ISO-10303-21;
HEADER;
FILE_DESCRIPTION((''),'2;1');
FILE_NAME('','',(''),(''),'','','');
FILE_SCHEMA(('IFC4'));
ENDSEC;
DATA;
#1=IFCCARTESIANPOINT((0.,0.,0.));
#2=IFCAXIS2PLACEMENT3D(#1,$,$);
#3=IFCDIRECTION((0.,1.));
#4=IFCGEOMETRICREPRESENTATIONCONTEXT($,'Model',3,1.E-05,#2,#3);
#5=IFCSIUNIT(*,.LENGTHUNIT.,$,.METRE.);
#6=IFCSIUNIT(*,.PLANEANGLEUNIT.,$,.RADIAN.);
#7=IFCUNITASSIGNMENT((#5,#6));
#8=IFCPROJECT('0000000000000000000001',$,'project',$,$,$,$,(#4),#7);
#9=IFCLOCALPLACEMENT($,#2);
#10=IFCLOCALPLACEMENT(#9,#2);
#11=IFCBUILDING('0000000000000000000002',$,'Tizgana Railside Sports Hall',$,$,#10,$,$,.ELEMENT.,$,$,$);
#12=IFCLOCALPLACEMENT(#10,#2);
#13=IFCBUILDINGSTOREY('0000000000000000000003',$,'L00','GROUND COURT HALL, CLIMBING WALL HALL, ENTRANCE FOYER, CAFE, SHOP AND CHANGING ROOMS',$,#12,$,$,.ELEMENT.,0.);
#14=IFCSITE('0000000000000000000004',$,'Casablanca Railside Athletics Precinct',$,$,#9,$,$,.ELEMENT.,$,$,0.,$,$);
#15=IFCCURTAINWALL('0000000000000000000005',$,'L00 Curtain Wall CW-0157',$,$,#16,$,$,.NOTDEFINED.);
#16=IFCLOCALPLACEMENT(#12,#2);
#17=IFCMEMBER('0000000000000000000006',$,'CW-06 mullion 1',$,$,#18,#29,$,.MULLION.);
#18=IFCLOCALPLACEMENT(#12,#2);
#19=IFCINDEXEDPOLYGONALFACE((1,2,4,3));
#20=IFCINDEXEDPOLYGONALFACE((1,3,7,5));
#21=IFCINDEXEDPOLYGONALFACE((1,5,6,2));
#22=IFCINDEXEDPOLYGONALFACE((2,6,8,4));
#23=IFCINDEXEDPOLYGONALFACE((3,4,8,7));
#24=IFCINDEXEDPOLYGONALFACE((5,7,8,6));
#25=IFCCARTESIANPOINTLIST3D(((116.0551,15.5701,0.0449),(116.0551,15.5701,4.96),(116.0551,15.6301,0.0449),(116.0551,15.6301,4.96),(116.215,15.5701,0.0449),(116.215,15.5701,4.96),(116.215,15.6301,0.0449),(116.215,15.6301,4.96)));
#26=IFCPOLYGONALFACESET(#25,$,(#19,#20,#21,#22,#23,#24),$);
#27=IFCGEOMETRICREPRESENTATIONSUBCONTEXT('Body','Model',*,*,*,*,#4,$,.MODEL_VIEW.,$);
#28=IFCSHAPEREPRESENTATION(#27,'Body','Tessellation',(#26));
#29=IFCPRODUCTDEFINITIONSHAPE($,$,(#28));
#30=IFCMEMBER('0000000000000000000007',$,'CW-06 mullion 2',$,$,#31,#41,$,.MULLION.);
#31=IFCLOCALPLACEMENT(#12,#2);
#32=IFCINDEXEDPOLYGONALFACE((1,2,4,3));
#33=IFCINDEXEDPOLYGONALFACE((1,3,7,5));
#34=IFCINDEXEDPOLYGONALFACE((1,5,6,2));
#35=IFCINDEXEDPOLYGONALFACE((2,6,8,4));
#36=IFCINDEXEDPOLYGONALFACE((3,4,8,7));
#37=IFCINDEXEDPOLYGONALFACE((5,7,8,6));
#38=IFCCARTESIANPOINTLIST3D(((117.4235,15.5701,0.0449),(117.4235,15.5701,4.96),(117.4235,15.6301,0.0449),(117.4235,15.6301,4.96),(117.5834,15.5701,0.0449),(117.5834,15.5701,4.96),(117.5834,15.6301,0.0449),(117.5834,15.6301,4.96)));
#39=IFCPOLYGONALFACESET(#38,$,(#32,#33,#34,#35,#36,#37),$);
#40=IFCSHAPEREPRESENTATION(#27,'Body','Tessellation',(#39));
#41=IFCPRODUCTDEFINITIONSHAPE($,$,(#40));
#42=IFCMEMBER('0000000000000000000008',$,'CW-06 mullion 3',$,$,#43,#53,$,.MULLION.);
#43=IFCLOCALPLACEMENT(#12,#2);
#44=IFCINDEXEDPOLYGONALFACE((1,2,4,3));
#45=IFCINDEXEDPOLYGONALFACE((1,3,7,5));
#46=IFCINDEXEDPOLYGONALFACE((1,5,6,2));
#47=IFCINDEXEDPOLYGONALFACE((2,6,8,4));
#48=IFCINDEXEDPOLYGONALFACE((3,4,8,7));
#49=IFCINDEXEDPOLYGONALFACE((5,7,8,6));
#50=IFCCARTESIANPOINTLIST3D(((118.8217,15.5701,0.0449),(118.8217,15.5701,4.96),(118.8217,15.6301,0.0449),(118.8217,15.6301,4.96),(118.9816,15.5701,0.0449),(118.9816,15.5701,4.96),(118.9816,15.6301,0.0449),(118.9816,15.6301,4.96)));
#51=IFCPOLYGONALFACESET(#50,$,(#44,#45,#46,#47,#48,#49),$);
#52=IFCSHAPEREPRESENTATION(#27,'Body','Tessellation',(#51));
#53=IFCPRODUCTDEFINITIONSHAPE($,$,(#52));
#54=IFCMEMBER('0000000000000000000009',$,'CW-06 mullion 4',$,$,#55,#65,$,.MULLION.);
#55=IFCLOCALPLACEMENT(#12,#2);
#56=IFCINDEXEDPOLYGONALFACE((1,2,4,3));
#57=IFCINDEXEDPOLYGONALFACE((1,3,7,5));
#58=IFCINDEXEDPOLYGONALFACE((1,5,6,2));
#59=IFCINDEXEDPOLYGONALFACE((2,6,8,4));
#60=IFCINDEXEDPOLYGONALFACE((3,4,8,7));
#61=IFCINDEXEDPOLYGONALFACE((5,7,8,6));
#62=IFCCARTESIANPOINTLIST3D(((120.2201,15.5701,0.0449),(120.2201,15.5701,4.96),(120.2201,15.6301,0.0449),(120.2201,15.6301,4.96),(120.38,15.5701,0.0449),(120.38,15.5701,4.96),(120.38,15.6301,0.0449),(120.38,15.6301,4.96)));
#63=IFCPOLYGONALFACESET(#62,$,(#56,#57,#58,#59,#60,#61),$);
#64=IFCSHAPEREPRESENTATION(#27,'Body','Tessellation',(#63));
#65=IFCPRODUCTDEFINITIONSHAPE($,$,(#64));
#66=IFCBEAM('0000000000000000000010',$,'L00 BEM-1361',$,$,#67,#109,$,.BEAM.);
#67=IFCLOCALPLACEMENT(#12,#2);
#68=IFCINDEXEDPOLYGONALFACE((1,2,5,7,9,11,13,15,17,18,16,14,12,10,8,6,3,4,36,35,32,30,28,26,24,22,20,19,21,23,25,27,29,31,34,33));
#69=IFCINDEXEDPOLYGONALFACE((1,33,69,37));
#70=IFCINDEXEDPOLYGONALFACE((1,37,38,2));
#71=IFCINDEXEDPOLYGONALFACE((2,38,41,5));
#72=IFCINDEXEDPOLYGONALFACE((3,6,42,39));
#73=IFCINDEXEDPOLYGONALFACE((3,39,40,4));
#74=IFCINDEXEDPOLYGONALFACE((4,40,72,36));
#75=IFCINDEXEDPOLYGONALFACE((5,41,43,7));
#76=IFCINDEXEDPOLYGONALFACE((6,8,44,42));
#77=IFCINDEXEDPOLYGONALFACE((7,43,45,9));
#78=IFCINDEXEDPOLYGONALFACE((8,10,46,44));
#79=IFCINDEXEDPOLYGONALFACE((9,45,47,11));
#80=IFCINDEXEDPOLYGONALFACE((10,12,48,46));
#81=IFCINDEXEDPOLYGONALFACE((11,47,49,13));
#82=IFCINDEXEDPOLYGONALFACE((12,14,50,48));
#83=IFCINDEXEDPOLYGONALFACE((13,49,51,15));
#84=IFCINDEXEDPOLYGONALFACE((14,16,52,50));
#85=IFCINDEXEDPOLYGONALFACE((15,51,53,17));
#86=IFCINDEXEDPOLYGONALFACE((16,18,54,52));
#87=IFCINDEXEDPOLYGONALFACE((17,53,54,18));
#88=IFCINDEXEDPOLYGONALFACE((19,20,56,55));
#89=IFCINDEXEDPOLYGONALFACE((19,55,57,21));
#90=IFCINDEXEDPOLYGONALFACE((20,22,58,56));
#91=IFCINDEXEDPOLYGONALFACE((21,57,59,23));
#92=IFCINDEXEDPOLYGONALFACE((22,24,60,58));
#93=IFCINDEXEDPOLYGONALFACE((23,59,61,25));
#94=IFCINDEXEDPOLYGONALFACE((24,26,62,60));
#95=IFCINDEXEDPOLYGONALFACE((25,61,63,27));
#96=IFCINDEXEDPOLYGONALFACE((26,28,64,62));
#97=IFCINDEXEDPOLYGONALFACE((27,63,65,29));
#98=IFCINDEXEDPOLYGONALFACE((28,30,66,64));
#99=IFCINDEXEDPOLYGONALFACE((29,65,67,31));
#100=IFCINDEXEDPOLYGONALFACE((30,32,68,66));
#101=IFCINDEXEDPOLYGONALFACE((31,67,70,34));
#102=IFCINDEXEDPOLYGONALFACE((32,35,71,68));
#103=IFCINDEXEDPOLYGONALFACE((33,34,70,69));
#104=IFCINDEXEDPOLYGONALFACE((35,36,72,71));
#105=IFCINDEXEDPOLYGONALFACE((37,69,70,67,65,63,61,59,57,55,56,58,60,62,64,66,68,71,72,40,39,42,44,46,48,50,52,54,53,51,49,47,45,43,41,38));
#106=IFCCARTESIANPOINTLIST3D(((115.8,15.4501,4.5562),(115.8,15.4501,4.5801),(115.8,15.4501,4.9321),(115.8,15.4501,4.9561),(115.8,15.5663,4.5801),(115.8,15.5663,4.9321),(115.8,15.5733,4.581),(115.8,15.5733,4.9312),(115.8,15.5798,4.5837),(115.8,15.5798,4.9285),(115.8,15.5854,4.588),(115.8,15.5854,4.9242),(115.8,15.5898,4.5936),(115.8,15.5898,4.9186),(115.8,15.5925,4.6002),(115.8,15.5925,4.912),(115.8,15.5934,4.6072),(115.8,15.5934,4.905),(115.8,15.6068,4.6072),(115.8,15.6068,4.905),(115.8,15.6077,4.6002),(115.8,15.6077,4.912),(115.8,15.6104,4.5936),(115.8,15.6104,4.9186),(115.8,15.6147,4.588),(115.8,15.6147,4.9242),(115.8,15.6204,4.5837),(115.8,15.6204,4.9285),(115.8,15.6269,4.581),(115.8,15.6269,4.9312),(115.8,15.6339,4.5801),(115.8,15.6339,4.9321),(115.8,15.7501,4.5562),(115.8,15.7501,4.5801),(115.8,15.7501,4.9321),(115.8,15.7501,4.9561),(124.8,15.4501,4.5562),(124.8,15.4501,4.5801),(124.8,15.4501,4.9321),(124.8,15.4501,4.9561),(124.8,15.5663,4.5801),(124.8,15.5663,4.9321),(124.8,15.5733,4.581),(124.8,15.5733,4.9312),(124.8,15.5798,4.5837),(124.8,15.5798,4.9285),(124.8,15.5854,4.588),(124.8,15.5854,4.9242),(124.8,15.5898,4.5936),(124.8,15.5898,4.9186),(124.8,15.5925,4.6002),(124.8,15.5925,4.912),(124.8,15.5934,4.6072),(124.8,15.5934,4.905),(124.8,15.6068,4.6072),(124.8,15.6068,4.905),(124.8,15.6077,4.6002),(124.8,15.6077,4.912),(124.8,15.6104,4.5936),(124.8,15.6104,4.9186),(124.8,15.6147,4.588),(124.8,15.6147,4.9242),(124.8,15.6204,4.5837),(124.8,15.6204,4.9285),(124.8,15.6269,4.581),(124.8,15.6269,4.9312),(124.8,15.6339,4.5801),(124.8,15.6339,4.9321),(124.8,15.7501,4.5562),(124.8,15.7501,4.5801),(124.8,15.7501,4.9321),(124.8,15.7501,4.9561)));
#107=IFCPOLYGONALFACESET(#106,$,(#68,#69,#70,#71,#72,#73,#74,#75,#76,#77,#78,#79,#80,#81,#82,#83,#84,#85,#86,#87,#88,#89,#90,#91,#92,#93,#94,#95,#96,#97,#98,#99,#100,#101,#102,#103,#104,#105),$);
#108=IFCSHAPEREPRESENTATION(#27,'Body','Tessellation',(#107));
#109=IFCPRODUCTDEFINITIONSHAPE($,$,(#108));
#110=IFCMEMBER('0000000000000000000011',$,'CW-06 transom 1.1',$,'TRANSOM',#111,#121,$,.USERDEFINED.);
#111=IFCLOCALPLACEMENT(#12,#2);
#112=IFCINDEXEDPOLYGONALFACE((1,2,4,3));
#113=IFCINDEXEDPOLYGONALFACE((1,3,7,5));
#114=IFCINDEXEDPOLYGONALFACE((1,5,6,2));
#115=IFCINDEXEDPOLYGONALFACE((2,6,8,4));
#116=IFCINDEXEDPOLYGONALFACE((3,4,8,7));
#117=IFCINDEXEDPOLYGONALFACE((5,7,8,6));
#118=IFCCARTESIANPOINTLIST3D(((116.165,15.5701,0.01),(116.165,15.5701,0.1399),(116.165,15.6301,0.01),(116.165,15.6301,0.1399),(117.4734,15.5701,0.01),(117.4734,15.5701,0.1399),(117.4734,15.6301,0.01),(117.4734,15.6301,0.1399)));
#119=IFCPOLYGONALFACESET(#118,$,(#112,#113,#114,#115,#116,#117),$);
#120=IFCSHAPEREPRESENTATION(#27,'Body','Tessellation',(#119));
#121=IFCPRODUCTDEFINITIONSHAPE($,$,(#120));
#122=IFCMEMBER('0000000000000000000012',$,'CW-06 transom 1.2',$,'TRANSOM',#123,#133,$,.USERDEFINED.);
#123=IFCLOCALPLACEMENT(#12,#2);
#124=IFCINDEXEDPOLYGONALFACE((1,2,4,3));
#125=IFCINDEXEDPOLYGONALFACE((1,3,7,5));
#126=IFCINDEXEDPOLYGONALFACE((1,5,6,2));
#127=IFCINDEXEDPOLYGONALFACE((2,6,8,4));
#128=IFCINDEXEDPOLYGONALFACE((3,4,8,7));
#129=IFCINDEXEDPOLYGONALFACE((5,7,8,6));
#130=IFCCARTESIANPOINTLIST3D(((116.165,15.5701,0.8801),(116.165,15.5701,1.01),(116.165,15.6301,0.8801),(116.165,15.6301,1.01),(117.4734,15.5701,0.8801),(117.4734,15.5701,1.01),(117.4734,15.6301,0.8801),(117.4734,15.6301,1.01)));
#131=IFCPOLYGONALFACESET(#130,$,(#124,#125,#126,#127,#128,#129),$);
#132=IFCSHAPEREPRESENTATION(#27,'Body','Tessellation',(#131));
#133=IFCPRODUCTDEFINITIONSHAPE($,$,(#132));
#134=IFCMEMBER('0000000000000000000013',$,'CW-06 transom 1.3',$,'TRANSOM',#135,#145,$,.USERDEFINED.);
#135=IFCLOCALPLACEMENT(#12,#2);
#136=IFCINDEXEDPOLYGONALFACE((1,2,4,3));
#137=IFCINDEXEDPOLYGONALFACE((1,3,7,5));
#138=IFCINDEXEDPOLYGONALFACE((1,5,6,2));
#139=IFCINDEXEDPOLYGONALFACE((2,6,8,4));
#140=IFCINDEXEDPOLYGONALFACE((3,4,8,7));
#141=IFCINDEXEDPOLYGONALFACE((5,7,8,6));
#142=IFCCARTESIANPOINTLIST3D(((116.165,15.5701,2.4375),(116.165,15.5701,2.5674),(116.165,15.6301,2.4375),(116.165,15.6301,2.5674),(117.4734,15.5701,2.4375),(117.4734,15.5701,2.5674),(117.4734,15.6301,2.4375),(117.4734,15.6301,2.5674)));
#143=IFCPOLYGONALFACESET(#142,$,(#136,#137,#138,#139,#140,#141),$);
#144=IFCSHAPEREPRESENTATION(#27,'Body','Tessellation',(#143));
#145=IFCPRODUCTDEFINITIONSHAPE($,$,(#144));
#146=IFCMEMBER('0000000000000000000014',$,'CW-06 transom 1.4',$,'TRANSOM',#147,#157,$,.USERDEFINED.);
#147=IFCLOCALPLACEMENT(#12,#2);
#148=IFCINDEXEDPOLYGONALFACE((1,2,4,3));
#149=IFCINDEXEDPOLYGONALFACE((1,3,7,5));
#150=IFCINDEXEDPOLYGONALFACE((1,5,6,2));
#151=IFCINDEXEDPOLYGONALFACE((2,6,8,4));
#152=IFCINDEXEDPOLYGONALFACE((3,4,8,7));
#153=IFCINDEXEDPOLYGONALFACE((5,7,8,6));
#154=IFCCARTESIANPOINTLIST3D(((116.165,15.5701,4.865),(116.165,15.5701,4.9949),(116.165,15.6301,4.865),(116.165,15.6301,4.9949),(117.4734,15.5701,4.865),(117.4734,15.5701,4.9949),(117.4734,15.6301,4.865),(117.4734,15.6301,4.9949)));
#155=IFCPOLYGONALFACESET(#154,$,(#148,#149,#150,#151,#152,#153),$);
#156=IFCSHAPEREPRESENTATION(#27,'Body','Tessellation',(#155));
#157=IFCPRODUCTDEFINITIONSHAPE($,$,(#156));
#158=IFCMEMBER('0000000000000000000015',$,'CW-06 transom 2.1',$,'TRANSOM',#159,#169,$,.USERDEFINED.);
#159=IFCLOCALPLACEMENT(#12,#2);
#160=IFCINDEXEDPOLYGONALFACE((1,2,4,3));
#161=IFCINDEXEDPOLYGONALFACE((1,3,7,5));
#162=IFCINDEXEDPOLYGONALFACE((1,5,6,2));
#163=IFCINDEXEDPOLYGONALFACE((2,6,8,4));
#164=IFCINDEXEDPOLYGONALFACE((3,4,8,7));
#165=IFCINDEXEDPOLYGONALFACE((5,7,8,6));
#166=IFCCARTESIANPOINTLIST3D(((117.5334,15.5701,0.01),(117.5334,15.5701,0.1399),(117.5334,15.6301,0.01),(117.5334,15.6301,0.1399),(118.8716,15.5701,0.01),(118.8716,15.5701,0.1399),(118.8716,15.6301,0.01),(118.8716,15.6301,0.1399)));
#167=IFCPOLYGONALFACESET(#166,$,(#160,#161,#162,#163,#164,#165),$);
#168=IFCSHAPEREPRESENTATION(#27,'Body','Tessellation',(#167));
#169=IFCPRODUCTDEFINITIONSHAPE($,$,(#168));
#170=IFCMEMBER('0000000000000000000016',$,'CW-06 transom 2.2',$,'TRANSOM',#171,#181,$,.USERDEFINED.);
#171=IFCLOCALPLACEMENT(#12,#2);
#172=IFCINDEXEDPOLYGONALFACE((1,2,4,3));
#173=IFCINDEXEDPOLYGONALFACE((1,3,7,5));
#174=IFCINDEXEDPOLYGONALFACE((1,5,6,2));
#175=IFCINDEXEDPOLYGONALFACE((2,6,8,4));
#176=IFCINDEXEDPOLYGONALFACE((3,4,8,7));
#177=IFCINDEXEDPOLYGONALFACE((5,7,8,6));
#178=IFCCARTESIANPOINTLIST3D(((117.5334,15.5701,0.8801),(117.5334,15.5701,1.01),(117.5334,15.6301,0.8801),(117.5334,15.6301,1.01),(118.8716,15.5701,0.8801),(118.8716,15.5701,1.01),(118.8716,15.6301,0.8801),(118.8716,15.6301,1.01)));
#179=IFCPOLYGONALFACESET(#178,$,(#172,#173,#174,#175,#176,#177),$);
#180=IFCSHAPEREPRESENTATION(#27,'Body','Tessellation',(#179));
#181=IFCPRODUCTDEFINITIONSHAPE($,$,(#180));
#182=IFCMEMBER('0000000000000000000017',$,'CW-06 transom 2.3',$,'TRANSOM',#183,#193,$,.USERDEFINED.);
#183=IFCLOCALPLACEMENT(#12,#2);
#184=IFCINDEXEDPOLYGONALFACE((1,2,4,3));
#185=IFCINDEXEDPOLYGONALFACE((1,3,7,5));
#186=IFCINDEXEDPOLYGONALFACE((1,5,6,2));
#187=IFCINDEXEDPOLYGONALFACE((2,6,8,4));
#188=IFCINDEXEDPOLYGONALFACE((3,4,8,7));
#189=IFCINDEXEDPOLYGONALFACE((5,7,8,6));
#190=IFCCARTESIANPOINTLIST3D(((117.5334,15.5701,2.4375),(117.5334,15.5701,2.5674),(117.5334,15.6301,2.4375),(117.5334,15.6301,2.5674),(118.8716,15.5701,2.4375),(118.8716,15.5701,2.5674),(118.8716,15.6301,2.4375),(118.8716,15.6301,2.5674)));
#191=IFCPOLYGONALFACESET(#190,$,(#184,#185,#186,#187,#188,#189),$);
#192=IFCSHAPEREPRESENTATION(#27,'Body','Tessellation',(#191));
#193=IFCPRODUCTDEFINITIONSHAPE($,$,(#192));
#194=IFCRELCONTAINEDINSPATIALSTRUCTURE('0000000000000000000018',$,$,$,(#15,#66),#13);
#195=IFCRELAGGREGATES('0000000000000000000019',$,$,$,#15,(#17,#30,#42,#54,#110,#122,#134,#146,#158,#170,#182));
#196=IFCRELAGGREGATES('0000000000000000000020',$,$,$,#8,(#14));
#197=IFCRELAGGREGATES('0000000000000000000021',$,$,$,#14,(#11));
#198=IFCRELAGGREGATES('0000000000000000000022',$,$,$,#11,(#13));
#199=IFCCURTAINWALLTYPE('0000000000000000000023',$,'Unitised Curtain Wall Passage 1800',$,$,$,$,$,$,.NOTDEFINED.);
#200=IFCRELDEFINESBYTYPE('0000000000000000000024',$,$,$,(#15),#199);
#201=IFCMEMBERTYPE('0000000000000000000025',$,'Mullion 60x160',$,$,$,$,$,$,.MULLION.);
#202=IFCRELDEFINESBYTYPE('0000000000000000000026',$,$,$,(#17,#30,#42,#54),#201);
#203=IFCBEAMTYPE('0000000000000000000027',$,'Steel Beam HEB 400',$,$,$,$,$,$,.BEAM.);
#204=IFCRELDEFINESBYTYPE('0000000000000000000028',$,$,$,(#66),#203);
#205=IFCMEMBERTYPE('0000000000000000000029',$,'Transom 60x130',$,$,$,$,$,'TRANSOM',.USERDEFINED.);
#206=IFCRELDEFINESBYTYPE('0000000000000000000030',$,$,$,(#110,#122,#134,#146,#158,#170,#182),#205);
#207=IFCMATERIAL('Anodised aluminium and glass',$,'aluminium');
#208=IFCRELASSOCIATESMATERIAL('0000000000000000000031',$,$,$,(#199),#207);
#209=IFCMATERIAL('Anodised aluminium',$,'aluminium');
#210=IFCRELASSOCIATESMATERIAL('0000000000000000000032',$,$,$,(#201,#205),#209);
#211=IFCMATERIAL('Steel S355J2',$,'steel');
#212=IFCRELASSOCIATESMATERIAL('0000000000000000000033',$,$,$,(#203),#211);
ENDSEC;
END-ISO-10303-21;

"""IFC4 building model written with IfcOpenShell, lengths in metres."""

from ifc_helpers import new_model, si_unit, direction, frame, origin, origin_2d, place, context, subcontext, project, spatial, rectangle, i_section, extrude, material, material_profile, profile_set, type_object, element, aggregate, save


model = new_model("IFC4")

# Units and contexts
model_context = context("Model", 3, precision=1e-05, world=origin(), true_north=direction((0.0, 1.0)))
body_context = subcontext(model_context, "Body", "Model", "MODEL_VIEW")
ifc_project = project(units=[si_unit("LENGTHUNIT", "METRE"), si_unit("PLANEANGLEUNIT", "RADIAN")], contexts=[model_context])

# Site, building, storey
site_placement = place(None, origin())
site = spatial("IfcSite", under=ifc_project, at=site_placement, Name="Casablanca Railside Athletics Precinct", CompositionType="ELEMENT", RefElevation=0.0)
building_placement = place(site_placement, origin())
building = spatial("IfcBuilding", under=site, at=building_placement, Name="Tizgana Railside Sports Hall", CompositionType="ELEMENT")
storey_placement = place(building_placement, origin())
storey = spatial("IfcBuildingStorey", under=building, at=storey_placement, Name="L00", Description="GROUND COURT HALL, CLIMBING WALL HALL, ENTRANCE FOYER, CAFE, SHOP AND CHANGING ROOMS", CompositionType="ELEMENT", Elevation=0.0)

# Curtain wall, members
ifc_material_1 = material(Name="Anodised aluminium and glass", Category="aluminium")
curtain_wall_type = type_object("IfcCurtainWallType", Name="Unitised Curtain Wall Passage 1800", PredefinedType="NOTDEFINED", material=ifc_material_1)
curtain_wall_placement = place(storey_placement, origin())
curtain_wall = element("IfcCurtainWall", 1, at=curtain_wall_placement, inside=storey, type_object=curtain_wall_type, Name="L00 Curtain Wall CW-0157", PredefinedType="NOTDEFINED")
ifc_material_2 = material(Name="Anodised aluminium", Category="aluminium")
ifc_material_profile_1 = material_profile(ifc_material_2, rectangle(XDim=0.0601, YDim=0.1599, at=origin_2d()), Name="Mullion 60x160")
ifc_profile_set_1 = profile_set([ifc_material_profile_1], Name="Anodised aluminium")
member_type_1 = type_object("IfcMemberType", Name="Mullion 60x160", PredefinedType="MULLION", material=ifc_profile_set_1)
member_1_placement = place(storey_placement, frame((116.135, 15.6001, 0.0449), z_axis=(0.0, 0.0, 1.0), x_axis=(0.0, 1.0, 0.0)))
member_1 = element("IfcMember", 2, at=member_1_placement, type_object=member_type_1, Name="CW-06 mullion 1", PredefinedType="MULLION", context=body_context, shape_type="SweptSolid", body=[
    extrude(rectangle(XDim=0.0601, YDim=0.1599, at=origin_2d()), origin(), (0.0, 0.0, 1.0), 4.915),
])
member_2_placement = place(storey_placement, frame((117.5034, 15.6001, 0.0449), z_axis=(0.0, 0.0, 1.0), x_axis=(0.0, 1.0, 0.0)))
member_2 = element("IfcMember", 3, at=member_2_placement, type_object=member_type_1, Name="CW-06 mullion 2", PredefinedType="MULLION", context=body_context, shape_type="SweptSolid", body=[
    extrude(rectangle(XDim=0.0601, YDim=0.1599, at=origin_2d()), origin(), (0.0, 0.0, 1.0), 4.915),
])
member_3_placement = place(storey_placement, frame((118.9016, 15.6001, 0.0449), z_axis=(0.0, 0.0, 1.0), x_axis=(0.0, 1.0, 0.0)))
member_3 = element("IfcMember", 4, at=member_3_placement, type_object=member_type_1, Name="CW-06 mullion 3", PredefinedType="MULLION", context=body_context, shape_type="SweptSolid", body=[
    extrude(rectangle(XDim=0.0601, YDim=0.1599, at=origin_2d()), origin(), (0.0, 0.0, 1.0), 4.915),
])
member_4_placement = place(storey_placement, frame((120.3, 15.6001, 0.0449), z_axis=(0.0, 0.0, 1.0), x_axis=(0.0, 1.0, 0.0)))
member_4 = element("IfcMember", 5, at=member_4_placement, type_object=member_type_1, Name="CW-06 mullion 4", PredefinedType="MULLION", context=body_context, shape_type="SweptSolid", body=[
    extrude(rectangle(XDim=0.0601, YDim=0.1599, at=origin_2d()), origin(), (0.0, 0.0, 1.0), 4.915),
])

# Beam
ifc_material_3 = material(Name="Steel S355J2", Category="steel")
ifc_material_profile_2 = material_profile(ifc_material_3, i_section(OverallWidth=0.3, OverallDepth=0.3999, WebThickness=0.0134, FlangeThickness=0.0239, FilletRadius=0.0271, at=origin_2d()), Name="HEB 400")
ifc_profile_set_2 = profile_set([ifc_material_profile_2], Name="Steel S355J2")
beam_type = type_object("IfcBeamType", Name="Steel Beam HEB 400", PredefinedType="BEAM", material=ifc_profile_set_2)
beam_placement = place(storey_placement, frame((115.8, 15.6001, 4.7561), z_axis=(1.0, 0.0, 0.0), x_axis=(0.0, 1.0, 0.0)))
element("IfcBeam", 6, at=beam_placement, inside=storey, type_object=beam_type, Name="L00 BEM-1361", PredefinedType="BEAM", context=body_context, shape_type="SweptSolid", body=[
    extrude(i_section(OverallWidth=0.3, OverallDepth=0.3999, WebThickness=0.0134, FlangeThickness=0.0239, FilletRadius=0.0271, at=origin_2d()), origin(), (0.0, 0.0, 1.0), 9.0),
])

# Members
ifc_material_profile_3 = material_profile(ifc_material_2, rectangle(XDim=0.0601, YDim=0.1299, at=origin_2d()), Name="Transom 60x130")
ifc_profile_set_3 = profile_set([ifc_material_profile_3], Name="Anodised aluminium")
member_type_2 = type_object("IfcMemberType", Name="Transom 60x130", ElementType="TRANSOM", PredefinedType="USERDEFINED", material=ifc_profile_set_3)
member_5_placement = place(storey_placement, frame((116.165, 15.6001, 0.075), z_axis=(1.0, 0.0, 0.0), x_axis=(0.0, 1.0, 0.0)))
member_5 = element("IfcMember", 7, at=member_5_placement, type_object=member_type_2, Name="CW-06 transom 1.1", ObjectType="TRANSOM", PredefinedType="USERDEFINED", context=body_context, shape_type="SweptSolid", body=[
    extrude(rectangle(XDim=0.0601, YDim=0.1299, at=origin_2d()), origin(), (0.0, 0.0, 1.0), 1.3083),
])
member_6_placement = place(storey_placement, frame((116.165, 15.6001, 0.9451), z_axis=(1.0, 0.0, 0.0), x_axis=(0.0, 1.0, 0.0)))
member_6 = element("IfcMember", 8, at=member_6_placement, type_object=member_type_2, Name="CW-06 transom 1.2", ObjectType="TRANSOM", PredefinedType="USERDEFINED", context=body_context, shape_type="SweptSolid", body=[
    extrude(rectangle(XDim=0.0601, YDim=0.1299, at=origin_2d()), origin(), (0.0, 0.0, 1.0), 1.3083),
])
member_7_placement = place(storey_placement, frame((116.165, 15.6001, 2.5024), z_axis=(1.0, 0.0, 0.0), x_axis=(0.0, 1.0, 0.0)))
member_7 = element("IfcMember", 9, at=member_7_placement, type_object=member_type_2, Name="CW-06 transom 1.3", ObjectType="TRANSOM", PredefinedType="USERDEFINED", context=body_context, shape_type="SweptSolid", body=[
    extrude(rectangle(XDim=0.0601, YDim=0.1299, at=origin_2d()), origin(), (0.0, 0.0, 1.0), 1.3083),
])
member_8_placement = place(storey_placement, frame((116.165, 15.6001, 4.9299), z_axis=(1.0, 0.0, 0.0), x_axis=(0.0, 1.0, 0.0)))
member_8 = element("IfcMember", 10, at=member_8_placement, type_object=member_type_2, Name="CW-06 transom 1.4", ObjectType="TRANSOM", PredefinedType="USERDEFINED", context=body_context, shape_type="SweptSolid", body=[
    extrude(rectangle(XDim=0.0601, YDim=0.1299, at=origin_2d()), origin(), (0.0, 0.0, 1.0), 1.3083),
])
member_9_placement = place(storey_placement, frame((117.5334, 15.6001, 0.075), z_axis=(1.0, 0.0, 0.0), x_axis=(0.0, 1.0, 0.0)))
member_9 = element("IfcMember", 11, at=member_9_placement, type_object=member_type_2, Name="CW-06 transom 2.1", ObjectType="TRANSOM", PredefinedType="USERDEFINED", context=body_context, shape_type="SweptSolid", body=[
    extrude(rectangle(XDim=0.0601, YDim=0.1299, at=origin_2d()), origin(), (0.0, 0.0, 1.0), 1.3381),
])
member_10_placement = place(storey_placement, frame((117.5334, 15.6001, 0.9451), z_axis=(1.0, 0.0, 0.0), x_axis=(0.0, 1.0, 0.0)))
member_10 = element("IfcMember", 12, at=member_10_placement, type_object=member_type_2, Name="CW-06 transom 2.2", ObjectType="TRANSOM", PredefinedType="USERDEFINED", context=body_context, shape_type="SweptSolid", body=[
    extrude(rectangle(XDim=0.0601, YDim=0.1299, at=origin_2d()), origin(), (0.0, 0.0, 1.0), 1.3381),
])
member_11_placement = place(storey_placement, frame((117.5334, 15.6001, 2.5024), z_axis=(1.0, 0.0, 0.0), x_axis=(0.0, 1.0, 0.0)))
member_11 = element("IfcMember", 13, at=member_11_placement, type_object=member_type_2, Name="CW-06 transom 2.3", ObjectType="TRANSOM", PredefinedType="USERDEFINED", context=body_context, shape_type="SweptSolid", body=[
    extrude(rectangle(XDim=0.0601, YDim=0.1299, at=origin_2d()), origin(), (0.0, 0.0, 1.0), 1.3381),
])

aggregate(curtain_wall, [member_1, member_2, member_3, member_4, member_5, member_6, member_7, member_8, member_9, member_10, member_11])

save(model, "model.ifc")
